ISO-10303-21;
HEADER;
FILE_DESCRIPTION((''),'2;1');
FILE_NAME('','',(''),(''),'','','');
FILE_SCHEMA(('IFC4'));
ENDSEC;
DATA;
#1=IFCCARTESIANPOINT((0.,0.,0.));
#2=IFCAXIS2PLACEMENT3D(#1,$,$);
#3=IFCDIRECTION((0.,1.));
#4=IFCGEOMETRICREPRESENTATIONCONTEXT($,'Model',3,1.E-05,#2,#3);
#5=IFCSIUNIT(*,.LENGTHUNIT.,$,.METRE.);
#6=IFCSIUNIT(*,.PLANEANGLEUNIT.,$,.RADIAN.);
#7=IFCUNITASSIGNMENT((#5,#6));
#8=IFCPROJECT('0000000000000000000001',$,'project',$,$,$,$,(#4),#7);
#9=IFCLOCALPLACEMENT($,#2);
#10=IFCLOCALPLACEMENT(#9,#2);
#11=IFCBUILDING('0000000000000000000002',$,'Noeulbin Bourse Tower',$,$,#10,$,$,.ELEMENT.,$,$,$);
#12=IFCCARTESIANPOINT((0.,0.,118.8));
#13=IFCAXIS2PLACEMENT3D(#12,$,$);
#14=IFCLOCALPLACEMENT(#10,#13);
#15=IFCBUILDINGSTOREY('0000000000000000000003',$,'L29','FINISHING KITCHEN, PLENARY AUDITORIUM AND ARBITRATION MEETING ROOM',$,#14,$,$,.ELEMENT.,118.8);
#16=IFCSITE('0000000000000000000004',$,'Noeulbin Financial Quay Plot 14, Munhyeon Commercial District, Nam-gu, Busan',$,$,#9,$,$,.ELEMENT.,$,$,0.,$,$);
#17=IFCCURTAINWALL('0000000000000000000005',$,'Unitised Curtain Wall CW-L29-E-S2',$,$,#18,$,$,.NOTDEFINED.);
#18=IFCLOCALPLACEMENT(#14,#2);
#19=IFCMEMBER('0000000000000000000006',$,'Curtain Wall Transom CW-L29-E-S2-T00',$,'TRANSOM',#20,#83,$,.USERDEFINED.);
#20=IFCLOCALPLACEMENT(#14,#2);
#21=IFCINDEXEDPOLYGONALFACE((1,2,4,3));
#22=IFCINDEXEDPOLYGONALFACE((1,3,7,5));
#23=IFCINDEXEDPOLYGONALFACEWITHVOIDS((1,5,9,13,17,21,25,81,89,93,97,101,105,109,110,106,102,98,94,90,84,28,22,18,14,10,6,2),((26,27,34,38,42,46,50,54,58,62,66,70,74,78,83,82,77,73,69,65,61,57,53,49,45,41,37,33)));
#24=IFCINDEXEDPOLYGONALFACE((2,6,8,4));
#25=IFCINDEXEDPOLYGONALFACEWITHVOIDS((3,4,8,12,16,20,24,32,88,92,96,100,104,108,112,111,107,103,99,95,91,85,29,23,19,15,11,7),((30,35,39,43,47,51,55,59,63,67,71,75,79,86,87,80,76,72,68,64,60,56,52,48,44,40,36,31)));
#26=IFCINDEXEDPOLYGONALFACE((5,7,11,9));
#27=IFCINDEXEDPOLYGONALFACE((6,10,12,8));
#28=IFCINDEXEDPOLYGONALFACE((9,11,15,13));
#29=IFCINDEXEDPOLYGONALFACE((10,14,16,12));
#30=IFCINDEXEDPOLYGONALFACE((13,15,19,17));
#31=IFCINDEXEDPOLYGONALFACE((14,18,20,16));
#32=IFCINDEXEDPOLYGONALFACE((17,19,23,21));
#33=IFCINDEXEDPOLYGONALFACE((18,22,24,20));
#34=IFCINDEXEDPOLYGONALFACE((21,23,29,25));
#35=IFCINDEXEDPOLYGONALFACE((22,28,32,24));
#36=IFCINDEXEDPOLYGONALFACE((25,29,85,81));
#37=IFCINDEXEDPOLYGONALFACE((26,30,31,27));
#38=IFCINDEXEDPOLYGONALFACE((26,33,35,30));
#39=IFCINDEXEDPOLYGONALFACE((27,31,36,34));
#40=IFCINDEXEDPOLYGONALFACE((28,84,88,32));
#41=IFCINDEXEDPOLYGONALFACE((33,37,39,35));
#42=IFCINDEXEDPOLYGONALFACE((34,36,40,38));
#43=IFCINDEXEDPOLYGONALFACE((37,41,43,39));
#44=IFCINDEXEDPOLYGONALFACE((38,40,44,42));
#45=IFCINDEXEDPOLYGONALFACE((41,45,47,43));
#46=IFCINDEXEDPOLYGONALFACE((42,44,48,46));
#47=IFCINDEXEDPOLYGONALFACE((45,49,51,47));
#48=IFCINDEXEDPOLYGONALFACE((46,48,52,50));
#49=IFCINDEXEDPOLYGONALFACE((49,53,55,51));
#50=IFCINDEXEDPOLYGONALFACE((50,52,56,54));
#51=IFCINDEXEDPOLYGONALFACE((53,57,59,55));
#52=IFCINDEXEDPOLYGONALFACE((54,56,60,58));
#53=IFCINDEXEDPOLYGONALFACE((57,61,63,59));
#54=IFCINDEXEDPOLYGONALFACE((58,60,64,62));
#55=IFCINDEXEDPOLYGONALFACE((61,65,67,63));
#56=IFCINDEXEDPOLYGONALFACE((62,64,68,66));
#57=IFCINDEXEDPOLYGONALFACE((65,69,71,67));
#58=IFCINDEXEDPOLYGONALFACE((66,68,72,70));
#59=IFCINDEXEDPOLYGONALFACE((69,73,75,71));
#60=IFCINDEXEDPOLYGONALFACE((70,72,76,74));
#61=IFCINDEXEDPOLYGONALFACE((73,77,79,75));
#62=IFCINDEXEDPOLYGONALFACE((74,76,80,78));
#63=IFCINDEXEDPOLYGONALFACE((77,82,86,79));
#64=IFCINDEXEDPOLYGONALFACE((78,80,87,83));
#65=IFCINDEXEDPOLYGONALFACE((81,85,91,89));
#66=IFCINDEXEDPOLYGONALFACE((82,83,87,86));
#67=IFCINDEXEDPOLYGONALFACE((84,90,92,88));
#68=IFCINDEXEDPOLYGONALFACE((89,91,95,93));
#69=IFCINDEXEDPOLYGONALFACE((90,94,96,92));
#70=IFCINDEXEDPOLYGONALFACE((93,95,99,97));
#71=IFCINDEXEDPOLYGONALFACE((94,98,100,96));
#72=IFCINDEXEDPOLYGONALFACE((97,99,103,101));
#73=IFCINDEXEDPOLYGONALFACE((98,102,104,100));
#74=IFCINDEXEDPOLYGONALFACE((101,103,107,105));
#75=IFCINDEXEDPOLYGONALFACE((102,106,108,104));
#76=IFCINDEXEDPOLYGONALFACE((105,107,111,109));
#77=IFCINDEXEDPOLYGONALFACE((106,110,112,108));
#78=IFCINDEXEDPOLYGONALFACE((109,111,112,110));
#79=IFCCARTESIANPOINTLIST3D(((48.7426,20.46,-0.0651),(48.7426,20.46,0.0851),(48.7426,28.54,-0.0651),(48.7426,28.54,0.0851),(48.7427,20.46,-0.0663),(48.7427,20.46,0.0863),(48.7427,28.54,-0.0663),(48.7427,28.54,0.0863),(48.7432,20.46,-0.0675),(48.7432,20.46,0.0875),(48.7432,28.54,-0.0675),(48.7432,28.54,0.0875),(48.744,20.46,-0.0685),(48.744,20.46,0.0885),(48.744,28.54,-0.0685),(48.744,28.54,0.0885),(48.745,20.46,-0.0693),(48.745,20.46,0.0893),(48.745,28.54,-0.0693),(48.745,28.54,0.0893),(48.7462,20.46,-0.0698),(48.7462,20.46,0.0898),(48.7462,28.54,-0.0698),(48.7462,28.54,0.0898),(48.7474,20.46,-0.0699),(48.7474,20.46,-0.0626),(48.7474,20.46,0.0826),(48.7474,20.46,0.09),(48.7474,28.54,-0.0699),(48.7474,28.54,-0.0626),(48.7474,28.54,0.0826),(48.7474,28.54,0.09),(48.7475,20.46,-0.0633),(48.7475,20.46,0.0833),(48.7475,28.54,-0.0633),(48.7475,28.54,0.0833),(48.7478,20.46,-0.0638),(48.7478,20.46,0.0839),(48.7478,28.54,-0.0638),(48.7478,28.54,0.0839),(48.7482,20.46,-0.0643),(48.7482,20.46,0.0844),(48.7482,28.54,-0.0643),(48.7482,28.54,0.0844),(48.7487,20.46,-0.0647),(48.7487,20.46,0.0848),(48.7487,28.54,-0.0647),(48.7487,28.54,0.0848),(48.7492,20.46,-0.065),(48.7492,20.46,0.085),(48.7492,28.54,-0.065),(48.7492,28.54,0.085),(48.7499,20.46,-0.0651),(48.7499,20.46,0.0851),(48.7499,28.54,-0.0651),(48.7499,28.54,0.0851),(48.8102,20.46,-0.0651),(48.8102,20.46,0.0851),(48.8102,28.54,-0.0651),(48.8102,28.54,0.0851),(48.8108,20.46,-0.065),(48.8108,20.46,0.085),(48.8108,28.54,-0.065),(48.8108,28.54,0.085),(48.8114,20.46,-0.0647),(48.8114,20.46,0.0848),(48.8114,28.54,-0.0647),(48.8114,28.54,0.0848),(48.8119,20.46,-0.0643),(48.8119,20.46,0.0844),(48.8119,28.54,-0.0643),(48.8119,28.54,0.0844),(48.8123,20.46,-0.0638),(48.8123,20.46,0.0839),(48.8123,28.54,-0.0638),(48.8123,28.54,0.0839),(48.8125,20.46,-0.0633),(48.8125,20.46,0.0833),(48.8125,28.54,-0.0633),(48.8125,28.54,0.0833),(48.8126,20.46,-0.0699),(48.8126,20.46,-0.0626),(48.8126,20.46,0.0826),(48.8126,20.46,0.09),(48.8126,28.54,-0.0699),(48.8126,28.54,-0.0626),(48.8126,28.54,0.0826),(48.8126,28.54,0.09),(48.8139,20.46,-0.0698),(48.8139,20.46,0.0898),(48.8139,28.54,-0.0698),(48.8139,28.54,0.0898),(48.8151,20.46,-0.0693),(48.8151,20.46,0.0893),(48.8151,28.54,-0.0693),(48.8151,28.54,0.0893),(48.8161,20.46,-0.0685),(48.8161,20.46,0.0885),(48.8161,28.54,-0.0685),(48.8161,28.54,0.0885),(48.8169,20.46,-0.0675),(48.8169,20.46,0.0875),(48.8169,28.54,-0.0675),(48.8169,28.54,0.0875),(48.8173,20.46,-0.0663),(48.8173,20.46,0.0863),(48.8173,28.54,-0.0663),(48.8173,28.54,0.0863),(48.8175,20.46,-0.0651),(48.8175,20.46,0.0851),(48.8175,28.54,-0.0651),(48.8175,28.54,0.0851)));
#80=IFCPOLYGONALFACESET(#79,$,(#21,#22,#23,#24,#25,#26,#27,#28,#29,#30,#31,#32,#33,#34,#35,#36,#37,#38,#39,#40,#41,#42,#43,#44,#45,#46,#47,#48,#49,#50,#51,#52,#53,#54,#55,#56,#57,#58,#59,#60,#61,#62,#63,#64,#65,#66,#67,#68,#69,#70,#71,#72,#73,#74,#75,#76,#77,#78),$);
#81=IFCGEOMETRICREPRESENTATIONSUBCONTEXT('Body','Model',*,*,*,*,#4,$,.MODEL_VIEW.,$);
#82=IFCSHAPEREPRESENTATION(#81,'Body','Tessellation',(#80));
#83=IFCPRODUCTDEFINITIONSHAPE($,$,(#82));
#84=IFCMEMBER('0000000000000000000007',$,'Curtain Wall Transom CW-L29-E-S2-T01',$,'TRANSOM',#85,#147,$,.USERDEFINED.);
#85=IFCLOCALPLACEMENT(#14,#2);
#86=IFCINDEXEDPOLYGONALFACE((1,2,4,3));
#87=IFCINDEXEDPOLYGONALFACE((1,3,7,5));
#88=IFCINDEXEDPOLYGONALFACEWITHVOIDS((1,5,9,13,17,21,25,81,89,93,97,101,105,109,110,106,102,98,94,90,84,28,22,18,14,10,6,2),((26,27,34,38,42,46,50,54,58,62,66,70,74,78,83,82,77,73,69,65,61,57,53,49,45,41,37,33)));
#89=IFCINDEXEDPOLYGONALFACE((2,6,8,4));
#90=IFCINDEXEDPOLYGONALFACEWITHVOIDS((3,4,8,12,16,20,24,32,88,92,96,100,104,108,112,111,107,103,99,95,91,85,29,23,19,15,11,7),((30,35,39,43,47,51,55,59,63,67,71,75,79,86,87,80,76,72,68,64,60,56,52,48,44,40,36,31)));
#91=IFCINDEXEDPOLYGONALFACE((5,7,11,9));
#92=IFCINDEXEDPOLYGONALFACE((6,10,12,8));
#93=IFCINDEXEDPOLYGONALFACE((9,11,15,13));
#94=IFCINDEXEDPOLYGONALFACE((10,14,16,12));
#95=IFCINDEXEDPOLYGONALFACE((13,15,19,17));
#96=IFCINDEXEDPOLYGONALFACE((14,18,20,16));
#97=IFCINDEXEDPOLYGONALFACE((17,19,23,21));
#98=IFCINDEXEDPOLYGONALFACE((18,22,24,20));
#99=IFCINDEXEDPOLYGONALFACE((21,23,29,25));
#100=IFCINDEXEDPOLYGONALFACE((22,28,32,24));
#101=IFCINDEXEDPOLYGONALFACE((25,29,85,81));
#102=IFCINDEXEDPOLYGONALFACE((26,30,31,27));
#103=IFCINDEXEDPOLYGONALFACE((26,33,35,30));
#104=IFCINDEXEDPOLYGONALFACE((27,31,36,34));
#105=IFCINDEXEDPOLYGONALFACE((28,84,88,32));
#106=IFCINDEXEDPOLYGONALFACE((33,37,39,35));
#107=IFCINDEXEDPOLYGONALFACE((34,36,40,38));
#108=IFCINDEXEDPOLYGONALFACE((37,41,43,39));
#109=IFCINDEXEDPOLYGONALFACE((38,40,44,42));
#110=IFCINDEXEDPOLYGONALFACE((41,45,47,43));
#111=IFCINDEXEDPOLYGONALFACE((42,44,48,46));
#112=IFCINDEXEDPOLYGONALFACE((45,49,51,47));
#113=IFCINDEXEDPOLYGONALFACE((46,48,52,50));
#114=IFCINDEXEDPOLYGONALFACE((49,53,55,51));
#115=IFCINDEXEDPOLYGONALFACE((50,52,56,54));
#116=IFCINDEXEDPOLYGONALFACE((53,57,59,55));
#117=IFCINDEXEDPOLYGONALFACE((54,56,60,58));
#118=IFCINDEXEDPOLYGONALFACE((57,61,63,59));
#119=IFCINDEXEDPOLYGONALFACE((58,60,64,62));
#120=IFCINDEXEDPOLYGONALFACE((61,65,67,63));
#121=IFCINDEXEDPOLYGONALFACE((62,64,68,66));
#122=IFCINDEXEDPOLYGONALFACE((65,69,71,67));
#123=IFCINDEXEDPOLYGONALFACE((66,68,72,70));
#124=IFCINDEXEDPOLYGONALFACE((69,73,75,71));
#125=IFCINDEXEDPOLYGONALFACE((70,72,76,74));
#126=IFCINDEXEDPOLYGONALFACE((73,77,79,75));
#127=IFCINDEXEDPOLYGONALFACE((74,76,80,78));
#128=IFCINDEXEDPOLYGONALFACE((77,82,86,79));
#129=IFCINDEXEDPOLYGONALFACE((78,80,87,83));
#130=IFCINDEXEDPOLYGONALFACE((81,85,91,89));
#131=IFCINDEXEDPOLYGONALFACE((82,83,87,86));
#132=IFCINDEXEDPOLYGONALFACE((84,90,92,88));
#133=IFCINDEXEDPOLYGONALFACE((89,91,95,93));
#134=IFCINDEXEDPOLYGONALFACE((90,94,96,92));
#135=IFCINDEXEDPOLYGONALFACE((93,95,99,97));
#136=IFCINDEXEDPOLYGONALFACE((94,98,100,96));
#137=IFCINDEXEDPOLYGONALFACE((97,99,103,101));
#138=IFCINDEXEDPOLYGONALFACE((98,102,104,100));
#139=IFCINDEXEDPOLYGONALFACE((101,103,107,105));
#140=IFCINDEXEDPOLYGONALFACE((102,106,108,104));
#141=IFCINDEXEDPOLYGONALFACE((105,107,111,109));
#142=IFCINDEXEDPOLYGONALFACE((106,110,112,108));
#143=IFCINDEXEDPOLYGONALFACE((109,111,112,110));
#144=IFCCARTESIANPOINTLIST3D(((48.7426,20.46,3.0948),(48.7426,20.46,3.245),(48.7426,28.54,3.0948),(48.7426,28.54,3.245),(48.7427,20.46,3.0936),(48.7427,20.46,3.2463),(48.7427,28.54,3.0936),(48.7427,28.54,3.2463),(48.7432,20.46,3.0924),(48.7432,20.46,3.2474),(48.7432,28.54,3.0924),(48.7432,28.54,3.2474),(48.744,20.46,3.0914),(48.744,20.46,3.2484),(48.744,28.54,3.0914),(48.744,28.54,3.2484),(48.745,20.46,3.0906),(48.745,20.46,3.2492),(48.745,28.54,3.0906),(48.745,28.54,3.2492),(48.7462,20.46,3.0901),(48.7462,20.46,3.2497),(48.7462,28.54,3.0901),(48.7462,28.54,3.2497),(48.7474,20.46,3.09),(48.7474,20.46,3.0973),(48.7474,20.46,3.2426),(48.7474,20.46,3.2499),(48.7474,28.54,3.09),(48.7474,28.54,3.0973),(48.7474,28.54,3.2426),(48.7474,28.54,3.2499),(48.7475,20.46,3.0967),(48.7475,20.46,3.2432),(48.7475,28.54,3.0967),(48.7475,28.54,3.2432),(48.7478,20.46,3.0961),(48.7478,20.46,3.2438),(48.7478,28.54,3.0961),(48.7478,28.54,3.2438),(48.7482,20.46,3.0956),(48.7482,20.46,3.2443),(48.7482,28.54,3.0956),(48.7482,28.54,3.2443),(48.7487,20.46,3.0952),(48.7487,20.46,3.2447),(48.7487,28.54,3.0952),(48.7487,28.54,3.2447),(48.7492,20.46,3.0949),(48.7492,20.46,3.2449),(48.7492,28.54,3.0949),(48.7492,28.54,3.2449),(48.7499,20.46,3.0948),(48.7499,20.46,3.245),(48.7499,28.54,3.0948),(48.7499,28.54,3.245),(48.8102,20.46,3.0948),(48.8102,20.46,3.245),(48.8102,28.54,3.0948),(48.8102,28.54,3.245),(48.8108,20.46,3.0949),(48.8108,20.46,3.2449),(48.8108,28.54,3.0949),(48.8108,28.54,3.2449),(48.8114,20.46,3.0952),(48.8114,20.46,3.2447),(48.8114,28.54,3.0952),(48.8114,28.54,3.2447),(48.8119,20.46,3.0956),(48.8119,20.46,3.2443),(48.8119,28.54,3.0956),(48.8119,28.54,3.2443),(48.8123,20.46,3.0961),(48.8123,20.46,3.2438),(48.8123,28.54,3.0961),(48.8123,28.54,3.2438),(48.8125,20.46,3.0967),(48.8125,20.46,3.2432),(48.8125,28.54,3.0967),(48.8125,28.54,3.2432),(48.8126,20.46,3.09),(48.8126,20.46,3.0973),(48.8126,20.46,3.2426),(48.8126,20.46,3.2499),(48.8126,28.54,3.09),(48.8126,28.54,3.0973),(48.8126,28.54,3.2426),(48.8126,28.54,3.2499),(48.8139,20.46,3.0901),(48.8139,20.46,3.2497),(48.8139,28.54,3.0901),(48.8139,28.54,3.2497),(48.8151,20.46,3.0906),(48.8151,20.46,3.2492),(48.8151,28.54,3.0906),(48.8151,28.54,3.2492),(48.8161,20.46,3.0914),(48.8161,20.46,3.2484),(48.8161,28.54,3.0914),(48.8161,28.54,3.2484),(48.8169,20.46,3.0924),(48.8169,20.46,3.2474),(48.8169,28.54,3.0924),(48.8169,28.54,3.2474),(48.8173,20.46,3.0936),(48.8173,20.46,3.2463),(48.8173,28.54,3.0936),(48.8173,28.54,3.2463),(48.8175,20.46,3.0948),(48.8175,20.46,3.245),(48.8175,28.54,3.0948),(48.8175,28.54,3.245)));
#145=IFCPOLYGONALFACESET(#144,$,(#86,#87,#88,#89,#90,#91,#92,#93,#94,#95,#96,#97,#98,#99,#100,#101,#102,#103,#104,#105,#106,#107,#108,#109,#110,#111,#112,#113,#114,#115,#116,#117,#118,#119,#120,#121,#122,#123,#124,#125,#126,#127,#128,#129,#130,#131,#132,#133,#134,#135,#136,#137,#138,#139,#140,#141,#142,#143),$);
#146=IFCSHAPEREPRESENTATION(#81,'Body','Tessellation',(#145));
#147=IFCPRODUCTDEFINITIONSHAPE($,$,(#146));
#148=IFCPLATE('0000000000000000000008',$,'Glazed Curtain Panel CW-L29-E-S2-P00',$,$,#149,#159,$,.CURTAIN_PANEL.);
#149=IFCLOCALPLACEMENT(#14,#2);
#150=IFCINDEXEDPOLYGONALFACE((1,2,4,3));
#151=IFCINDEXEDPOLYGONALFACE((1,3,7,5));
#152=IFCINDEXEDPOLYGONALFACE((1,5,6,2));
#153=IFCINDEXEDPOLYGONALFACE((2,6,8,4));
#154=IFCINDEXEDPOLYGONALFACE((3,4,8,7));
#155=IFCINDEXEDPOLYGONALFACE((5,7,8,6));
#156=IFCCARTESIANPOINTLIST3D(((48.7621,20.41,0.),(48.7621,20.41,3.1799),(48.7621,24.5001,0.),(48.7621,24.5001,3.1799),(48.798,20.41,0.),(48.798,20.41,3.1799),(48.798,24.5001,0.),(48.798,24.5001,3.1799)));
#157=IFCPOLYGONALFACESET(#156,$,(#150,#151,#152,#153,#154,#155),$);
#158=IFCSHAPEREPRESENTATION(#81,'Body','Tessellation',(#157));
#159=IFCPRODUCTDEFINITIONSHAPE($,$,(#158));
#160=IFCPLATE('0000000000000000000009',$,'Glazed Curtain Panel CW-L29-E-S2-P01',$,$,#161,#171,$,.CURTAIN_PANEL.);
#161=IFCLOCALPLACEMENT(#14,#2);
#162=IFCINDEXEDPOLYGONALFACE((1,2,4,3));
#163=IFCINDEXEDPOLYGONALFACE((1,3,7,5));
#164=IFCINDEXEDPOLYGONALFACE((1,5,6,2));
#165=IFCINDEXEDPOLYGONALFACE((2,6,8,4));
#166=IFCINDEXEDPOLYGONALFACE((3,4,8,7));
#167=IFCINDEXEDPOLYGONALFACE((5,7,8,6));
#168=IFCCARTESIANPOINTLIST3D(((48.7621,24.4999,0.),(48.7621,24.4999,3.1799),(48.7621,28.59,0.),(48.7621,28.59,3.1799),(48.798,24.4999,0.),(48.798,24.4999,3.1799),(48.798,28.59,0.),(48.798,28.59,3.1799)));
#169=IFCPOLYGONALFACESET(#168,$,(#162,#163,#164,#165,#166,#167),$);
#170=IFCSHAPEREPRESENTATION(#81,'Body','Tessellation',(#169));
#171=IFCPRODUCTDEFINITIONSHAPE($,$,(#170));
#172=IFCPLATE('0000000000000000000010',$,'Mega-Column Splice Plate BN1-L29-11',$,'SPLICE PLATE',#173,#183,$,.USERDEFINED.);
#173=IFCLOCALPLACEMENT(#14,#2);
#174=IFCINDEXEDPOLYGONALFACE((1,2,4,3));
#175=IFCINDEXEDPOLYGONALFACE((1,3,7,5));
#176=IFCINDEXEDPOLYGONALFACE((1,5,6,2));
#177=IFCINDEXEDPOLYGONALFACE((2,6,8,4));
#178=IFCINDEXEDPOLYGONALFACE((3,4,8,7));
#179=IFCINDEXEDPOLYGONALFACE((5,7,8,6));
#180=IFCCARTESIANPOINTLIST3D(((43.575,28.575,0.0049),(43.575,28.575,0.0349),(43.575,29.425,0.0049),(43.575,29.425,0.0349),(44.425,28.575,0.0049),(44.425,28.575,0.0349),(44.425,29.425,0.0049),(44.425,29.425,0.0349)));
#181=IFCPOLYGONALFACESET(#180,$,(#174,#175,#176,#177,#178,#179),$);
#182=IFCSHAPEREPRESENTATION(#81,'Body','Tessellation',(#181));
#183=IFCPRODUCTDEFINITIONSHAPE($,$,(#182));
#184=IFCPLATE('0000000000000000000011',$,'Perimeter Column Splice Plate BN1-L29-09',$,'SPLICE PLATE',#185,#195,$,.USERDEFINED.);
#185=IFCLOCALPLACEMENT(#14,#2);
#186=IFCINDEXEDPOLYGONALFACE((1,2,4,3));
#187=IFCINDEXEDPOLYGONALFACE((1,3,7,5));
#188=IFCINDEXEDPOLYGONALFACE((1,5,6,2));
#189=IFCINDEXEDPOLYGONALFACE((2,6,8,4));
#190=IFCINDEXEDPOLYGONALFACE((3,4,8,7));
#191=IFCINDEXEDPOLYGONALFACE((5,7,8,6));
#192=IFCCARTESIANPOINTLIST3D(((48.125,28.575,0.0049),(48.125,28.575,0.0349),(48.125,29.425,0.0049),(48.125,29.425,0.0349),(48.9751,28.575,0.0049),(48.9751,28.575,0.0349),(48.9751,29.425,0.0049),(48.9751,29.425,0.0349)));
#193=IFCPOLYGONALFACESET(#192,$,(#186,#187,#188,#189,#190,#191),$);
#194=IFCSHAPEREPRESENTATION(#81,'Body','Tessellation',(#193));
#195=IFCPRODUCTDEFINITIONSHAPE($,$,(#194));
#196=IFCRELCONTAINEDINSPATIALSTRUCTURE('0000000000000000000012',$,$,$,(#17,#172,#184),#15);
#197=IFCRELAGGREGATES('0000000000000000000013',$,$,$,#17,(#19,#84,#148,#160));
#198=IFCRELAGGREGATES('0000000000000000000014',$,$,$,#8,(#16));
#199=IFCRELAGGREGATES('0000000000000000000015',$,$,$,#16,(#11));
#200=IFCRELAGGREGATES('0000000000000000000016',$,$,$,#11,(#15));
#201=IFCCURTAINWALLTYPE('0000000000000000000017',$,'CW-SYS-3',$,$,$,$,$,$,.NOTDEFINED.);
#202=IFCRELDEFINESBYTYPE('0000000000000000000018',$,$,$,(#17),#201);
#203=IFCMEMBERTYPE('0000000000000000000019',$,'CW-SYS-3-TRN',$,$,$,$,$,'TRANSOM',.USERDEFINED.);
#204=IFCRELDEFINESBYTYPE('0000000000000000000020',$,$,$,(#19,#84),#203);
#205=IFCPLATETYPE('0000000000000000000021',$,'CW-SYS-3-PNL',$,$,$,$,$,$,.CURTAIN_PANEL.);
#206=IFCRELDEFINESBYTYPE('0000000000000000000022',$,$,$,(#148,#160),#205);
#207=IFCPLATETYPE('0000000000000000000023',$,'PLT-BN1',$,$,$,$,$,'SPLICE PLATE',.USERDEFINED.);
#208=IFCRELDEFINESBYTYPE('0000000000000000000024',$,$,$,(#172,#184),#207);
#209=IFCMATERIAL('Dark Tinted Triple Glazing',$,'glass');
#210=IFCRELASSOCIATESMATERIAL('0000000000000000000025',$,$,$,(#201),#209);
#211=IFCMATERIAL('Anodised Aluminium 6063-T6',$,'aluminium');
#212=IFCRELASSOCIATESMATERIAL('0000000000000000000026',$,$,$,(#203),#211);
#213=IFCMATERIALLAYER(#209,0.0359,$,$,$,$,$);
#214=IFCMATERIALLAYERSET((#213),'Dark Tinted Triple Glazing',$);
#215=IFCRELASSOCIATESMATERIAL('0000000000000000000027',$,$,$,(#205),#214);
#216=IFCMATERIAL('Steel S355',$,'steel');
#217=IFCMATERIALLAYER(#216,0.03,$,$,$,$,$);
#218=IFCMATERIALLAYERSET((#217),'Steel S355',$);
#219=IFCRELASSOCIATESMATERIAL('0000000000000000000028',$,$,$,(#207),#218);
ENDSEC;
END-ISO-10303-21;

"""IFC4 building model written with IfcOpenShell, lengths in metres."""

from ifc_helpers import new_model, si_unit, direction, frame, origin, origin_2d, place, context, subcontext, project, spatial, rectangle, hollow_rectangle, extrude, material, layer, layer_set, material_profile, profile_set, type_object, element, aggregate, save


model = new_model("IFC4")

# Units and contexts
model_context = context("Model", 3, precision=1e-05, world=origin(), true_north=direction((0.0, 1.0)))
body_context = subcontext(model_context, "Body", "Model", "MODEL_VIEW")
ifc_project = project(units=[si_unit("LENGTHUNIT", "METRE"), si_unit("PLANEANGLEUNIT", "RADIAN")], contexts=[model_context])

# Site, building, storey
site_placement = place(None, origin())
site = spatial("IfcSite", under=ifc_project, at=site_placement, Name="Noeulbin Financial Quay Plot 14, Munhyeon Commercial District, Nam-gu, Busan", CompositionType="ELEMENT", RefElevation=0.0)
building_placement = place(site_placement, origin())
building = spatial("IfcBuilding", under=site, at=building_placement, Name="Noeulbin Bourse Tower", CompositionType="ELEMENT")
storey_placement = place(building_placement, frame((0.0, 0.0, 118.8)))
storey = spatial("IfcBuildingStorey", under=building, at=storey_placement, Name="L29", Description="FINISHING KITCHEN, PLENARY AUDITORIUM AND ARBITRATION MEETING ROOM", CompositionType="ELEMENT", Elevation=118.8)

# Shared definitions
ifc_material_1 = material(Name="Steel S355", Category="steel")

# Curtain wall
ifc_material_2 = material(Name="Dark Tinted Triple Glazing", Category="glass")
curtain_wall_type = type_object("IfcCurtainWallType", Name="CW-SYS-3", PredefinedType="NOTDEFINED", material=ifc_material_2)
curtain_wall_1_placement = place(storey_placement, origin())
curtain_wall_1 = element("IfcCurtainWall", 1, at=curtain_wall_1_placement, inside=storey, type_object=curtain_wall_type, Name="Unitised Curtain Wall CW-L29-E-S2", PredefinedType="NOTDEFINED")
ifc_material_3 = material(Name="Anodised Aluminium 6063-T6", Category="aluminium")

# Members
ifc_material_profile_1 = material_profile(ifc_material_3, hollow_rectangle(XDim=0.075, YDim=0.1599, WallThickness=0.0049, InnerFilletRadius=0.0024, OuterFilletRadius=0.0049, at=origin_2d()), Name="ALU-TRAN-75x160x5", Category="LoadBearing")
ifc_profile_set_1 = profile_set([ifc_material_profile_1], Name="Anodised Aluminium 6063-T6")
member_type_1 = type_object("IfcMemberType", Name="CW-SYS-3-TRN", ElementType="TRANSOM", PredefinedType="USERDEFINED", material=ifc_profile_set_1)
member_1_placement = place(storey_placement, frame((48.78, 20.46, 0.01), z_axis=(0.0, 1.0, 0.0), x_axis=(-1.0, 0.0, 0.0)))
member_1 = element("IfcMember", 2, at=member_1_placement, type_object=member_type_1, Name="Curtain Wall Transom CW-L29-E-S2-T00", ObjectType="TRANSOM", PredefinedType="USERDEFINED", context=body_context, shape_type="SweptSolid", body=[
    extrude(hollow_rectangle(XDim=0.075, YDim=0.1599, WallThickness=0.0049, InnerFilletRadius=0.0024, OuterFilletRadius=0.0049, at=origin_2d()), origin(), (0.0, 0.0, 1.0), 8.0801),
])
member_2_placement = place(storey_placement, frame((48.78, 20.46, 3.1699), z_axis=(0.0, 1.0, 0.0), x_axis=(-1.0, 0.0, 0.0)))
member_2 = element("IfcMember", 3, at=member_2_placement, type_object=member_type_1, Name="Curtain Wall Transom CW-L29-E-S2-T01", ObjectType="TRANSOM", PredefinedType="USERDEFINED", context=body_context, shape_type="SweptSolid", body=[
    extrude(hollow_rectangle(XDim=0.075, YDim=0.1599, WallThickness=0.0049, InnerFilletRadius=0.0024, OuterFilletRadius=0.0049, at=origin_2d()), origin(), (0.0, 0.0, 1.0), 8.0801),
])

# Plates
ifc_layer_1 = layer(ifc_material_2, 0.0359)
ifc_layer_set_1 = layer_set([ifc_layer_1], Name="Dark Tinted Triple Glazing")
plate_type_1 = type_object("IfcPlateType", Name="CW-SYS-3-PNL", PredefinedType="CURTAIN_PANEL", material=ifc_layer_set_1)
plate_1_placement = place(storey_placement, frame((48.78, 22.4551, 0.0), z_axis=(0.0, 0.0, 1.0), x_axis=(0.0, 1.0, 0.0)))
plate_1 = element("IfcPlate", 4, at=plate_1_placement, type_object=plate_type_1, Name="Glazed Curtain Panel CW-L29-E-S2-P00", PredefinedType="CURTAIN_PANEL", context=body_context, shape_type="SweptSolid", body=[
    extrude(rectangle(XDim=4.0901, YDim=0.0359, at=origin_2d()), origin(), (0.0, 0.0, 1.0), 3.1799),
])
plate_2_placement = place(storey_placement, frame((48.78, 26.5449, 0.0), z_axis=(0.0, 0.0, 1.0), x_axis=(0.0, 1.0, 0.0)))
plate_2 = element("IfcPlate", 5, at=plate_2_placement, type_object=plate_type_1, Name="Glazed Curtain Panel CW-L29-E-S2-P01", PredefinedType="CURTAIN_PANEL", context=body_context, shape_type="SweptSolid", body=[
    extrude(rectangle(XDim=4.0901, YDim=0.0359, at=origin_2d()), origin(), (0.0, 0.0, 1.0), 3.1799),
])
aggregate(curtain_wall_1, [member_1, member_2, plate_1, plate_2])

# Plates
ifc_layer_2 = layer(ifc_material_1, 0.03)
ifc_layer_set_2 = layer_set([ifc_layer_2], Name="Steel S355")
plate_type_2 = type_object("IfcPlateType", Name="PLT-BN1", ElementType="SPLICE PLATE", PredefinedType="USERDEFINED", material=ifc_layer_set_2)
for number, where, z_axis, x_axis, name in (
    (6, (44.0, 29.0, 0.0049), (0.0, 0.0, 1.0), (1.0, 0.0, 0.0), "Mega-Column Splice Plate BN1-L29-11"),
    (7, (48.55, 29.0, 0.0049), (0.0, 0.0, 1.0), (1.0, 0.0, 0.0), "Perimeter Column Splice Plate BN1-L29-09"),
):
    element("IfcPlate", number, at=place(storey_placement, frame(where, z_axis=z_axis, x_axis=x_axis)), inside=storey, type_object=plate_type_2, Name=name, ObjectType="SPLICE PLATE", PredefinedType="USERDEFINED", context=body_context, shape_type="SweptSolid", body=[
        extrude(rectangle(XDim=0.8501, YDim=0.8501, at=origin_2d()), origin(), (0.0, 0.0, 1.0), 0.03),
    ])

save(model, "model.ifc")
